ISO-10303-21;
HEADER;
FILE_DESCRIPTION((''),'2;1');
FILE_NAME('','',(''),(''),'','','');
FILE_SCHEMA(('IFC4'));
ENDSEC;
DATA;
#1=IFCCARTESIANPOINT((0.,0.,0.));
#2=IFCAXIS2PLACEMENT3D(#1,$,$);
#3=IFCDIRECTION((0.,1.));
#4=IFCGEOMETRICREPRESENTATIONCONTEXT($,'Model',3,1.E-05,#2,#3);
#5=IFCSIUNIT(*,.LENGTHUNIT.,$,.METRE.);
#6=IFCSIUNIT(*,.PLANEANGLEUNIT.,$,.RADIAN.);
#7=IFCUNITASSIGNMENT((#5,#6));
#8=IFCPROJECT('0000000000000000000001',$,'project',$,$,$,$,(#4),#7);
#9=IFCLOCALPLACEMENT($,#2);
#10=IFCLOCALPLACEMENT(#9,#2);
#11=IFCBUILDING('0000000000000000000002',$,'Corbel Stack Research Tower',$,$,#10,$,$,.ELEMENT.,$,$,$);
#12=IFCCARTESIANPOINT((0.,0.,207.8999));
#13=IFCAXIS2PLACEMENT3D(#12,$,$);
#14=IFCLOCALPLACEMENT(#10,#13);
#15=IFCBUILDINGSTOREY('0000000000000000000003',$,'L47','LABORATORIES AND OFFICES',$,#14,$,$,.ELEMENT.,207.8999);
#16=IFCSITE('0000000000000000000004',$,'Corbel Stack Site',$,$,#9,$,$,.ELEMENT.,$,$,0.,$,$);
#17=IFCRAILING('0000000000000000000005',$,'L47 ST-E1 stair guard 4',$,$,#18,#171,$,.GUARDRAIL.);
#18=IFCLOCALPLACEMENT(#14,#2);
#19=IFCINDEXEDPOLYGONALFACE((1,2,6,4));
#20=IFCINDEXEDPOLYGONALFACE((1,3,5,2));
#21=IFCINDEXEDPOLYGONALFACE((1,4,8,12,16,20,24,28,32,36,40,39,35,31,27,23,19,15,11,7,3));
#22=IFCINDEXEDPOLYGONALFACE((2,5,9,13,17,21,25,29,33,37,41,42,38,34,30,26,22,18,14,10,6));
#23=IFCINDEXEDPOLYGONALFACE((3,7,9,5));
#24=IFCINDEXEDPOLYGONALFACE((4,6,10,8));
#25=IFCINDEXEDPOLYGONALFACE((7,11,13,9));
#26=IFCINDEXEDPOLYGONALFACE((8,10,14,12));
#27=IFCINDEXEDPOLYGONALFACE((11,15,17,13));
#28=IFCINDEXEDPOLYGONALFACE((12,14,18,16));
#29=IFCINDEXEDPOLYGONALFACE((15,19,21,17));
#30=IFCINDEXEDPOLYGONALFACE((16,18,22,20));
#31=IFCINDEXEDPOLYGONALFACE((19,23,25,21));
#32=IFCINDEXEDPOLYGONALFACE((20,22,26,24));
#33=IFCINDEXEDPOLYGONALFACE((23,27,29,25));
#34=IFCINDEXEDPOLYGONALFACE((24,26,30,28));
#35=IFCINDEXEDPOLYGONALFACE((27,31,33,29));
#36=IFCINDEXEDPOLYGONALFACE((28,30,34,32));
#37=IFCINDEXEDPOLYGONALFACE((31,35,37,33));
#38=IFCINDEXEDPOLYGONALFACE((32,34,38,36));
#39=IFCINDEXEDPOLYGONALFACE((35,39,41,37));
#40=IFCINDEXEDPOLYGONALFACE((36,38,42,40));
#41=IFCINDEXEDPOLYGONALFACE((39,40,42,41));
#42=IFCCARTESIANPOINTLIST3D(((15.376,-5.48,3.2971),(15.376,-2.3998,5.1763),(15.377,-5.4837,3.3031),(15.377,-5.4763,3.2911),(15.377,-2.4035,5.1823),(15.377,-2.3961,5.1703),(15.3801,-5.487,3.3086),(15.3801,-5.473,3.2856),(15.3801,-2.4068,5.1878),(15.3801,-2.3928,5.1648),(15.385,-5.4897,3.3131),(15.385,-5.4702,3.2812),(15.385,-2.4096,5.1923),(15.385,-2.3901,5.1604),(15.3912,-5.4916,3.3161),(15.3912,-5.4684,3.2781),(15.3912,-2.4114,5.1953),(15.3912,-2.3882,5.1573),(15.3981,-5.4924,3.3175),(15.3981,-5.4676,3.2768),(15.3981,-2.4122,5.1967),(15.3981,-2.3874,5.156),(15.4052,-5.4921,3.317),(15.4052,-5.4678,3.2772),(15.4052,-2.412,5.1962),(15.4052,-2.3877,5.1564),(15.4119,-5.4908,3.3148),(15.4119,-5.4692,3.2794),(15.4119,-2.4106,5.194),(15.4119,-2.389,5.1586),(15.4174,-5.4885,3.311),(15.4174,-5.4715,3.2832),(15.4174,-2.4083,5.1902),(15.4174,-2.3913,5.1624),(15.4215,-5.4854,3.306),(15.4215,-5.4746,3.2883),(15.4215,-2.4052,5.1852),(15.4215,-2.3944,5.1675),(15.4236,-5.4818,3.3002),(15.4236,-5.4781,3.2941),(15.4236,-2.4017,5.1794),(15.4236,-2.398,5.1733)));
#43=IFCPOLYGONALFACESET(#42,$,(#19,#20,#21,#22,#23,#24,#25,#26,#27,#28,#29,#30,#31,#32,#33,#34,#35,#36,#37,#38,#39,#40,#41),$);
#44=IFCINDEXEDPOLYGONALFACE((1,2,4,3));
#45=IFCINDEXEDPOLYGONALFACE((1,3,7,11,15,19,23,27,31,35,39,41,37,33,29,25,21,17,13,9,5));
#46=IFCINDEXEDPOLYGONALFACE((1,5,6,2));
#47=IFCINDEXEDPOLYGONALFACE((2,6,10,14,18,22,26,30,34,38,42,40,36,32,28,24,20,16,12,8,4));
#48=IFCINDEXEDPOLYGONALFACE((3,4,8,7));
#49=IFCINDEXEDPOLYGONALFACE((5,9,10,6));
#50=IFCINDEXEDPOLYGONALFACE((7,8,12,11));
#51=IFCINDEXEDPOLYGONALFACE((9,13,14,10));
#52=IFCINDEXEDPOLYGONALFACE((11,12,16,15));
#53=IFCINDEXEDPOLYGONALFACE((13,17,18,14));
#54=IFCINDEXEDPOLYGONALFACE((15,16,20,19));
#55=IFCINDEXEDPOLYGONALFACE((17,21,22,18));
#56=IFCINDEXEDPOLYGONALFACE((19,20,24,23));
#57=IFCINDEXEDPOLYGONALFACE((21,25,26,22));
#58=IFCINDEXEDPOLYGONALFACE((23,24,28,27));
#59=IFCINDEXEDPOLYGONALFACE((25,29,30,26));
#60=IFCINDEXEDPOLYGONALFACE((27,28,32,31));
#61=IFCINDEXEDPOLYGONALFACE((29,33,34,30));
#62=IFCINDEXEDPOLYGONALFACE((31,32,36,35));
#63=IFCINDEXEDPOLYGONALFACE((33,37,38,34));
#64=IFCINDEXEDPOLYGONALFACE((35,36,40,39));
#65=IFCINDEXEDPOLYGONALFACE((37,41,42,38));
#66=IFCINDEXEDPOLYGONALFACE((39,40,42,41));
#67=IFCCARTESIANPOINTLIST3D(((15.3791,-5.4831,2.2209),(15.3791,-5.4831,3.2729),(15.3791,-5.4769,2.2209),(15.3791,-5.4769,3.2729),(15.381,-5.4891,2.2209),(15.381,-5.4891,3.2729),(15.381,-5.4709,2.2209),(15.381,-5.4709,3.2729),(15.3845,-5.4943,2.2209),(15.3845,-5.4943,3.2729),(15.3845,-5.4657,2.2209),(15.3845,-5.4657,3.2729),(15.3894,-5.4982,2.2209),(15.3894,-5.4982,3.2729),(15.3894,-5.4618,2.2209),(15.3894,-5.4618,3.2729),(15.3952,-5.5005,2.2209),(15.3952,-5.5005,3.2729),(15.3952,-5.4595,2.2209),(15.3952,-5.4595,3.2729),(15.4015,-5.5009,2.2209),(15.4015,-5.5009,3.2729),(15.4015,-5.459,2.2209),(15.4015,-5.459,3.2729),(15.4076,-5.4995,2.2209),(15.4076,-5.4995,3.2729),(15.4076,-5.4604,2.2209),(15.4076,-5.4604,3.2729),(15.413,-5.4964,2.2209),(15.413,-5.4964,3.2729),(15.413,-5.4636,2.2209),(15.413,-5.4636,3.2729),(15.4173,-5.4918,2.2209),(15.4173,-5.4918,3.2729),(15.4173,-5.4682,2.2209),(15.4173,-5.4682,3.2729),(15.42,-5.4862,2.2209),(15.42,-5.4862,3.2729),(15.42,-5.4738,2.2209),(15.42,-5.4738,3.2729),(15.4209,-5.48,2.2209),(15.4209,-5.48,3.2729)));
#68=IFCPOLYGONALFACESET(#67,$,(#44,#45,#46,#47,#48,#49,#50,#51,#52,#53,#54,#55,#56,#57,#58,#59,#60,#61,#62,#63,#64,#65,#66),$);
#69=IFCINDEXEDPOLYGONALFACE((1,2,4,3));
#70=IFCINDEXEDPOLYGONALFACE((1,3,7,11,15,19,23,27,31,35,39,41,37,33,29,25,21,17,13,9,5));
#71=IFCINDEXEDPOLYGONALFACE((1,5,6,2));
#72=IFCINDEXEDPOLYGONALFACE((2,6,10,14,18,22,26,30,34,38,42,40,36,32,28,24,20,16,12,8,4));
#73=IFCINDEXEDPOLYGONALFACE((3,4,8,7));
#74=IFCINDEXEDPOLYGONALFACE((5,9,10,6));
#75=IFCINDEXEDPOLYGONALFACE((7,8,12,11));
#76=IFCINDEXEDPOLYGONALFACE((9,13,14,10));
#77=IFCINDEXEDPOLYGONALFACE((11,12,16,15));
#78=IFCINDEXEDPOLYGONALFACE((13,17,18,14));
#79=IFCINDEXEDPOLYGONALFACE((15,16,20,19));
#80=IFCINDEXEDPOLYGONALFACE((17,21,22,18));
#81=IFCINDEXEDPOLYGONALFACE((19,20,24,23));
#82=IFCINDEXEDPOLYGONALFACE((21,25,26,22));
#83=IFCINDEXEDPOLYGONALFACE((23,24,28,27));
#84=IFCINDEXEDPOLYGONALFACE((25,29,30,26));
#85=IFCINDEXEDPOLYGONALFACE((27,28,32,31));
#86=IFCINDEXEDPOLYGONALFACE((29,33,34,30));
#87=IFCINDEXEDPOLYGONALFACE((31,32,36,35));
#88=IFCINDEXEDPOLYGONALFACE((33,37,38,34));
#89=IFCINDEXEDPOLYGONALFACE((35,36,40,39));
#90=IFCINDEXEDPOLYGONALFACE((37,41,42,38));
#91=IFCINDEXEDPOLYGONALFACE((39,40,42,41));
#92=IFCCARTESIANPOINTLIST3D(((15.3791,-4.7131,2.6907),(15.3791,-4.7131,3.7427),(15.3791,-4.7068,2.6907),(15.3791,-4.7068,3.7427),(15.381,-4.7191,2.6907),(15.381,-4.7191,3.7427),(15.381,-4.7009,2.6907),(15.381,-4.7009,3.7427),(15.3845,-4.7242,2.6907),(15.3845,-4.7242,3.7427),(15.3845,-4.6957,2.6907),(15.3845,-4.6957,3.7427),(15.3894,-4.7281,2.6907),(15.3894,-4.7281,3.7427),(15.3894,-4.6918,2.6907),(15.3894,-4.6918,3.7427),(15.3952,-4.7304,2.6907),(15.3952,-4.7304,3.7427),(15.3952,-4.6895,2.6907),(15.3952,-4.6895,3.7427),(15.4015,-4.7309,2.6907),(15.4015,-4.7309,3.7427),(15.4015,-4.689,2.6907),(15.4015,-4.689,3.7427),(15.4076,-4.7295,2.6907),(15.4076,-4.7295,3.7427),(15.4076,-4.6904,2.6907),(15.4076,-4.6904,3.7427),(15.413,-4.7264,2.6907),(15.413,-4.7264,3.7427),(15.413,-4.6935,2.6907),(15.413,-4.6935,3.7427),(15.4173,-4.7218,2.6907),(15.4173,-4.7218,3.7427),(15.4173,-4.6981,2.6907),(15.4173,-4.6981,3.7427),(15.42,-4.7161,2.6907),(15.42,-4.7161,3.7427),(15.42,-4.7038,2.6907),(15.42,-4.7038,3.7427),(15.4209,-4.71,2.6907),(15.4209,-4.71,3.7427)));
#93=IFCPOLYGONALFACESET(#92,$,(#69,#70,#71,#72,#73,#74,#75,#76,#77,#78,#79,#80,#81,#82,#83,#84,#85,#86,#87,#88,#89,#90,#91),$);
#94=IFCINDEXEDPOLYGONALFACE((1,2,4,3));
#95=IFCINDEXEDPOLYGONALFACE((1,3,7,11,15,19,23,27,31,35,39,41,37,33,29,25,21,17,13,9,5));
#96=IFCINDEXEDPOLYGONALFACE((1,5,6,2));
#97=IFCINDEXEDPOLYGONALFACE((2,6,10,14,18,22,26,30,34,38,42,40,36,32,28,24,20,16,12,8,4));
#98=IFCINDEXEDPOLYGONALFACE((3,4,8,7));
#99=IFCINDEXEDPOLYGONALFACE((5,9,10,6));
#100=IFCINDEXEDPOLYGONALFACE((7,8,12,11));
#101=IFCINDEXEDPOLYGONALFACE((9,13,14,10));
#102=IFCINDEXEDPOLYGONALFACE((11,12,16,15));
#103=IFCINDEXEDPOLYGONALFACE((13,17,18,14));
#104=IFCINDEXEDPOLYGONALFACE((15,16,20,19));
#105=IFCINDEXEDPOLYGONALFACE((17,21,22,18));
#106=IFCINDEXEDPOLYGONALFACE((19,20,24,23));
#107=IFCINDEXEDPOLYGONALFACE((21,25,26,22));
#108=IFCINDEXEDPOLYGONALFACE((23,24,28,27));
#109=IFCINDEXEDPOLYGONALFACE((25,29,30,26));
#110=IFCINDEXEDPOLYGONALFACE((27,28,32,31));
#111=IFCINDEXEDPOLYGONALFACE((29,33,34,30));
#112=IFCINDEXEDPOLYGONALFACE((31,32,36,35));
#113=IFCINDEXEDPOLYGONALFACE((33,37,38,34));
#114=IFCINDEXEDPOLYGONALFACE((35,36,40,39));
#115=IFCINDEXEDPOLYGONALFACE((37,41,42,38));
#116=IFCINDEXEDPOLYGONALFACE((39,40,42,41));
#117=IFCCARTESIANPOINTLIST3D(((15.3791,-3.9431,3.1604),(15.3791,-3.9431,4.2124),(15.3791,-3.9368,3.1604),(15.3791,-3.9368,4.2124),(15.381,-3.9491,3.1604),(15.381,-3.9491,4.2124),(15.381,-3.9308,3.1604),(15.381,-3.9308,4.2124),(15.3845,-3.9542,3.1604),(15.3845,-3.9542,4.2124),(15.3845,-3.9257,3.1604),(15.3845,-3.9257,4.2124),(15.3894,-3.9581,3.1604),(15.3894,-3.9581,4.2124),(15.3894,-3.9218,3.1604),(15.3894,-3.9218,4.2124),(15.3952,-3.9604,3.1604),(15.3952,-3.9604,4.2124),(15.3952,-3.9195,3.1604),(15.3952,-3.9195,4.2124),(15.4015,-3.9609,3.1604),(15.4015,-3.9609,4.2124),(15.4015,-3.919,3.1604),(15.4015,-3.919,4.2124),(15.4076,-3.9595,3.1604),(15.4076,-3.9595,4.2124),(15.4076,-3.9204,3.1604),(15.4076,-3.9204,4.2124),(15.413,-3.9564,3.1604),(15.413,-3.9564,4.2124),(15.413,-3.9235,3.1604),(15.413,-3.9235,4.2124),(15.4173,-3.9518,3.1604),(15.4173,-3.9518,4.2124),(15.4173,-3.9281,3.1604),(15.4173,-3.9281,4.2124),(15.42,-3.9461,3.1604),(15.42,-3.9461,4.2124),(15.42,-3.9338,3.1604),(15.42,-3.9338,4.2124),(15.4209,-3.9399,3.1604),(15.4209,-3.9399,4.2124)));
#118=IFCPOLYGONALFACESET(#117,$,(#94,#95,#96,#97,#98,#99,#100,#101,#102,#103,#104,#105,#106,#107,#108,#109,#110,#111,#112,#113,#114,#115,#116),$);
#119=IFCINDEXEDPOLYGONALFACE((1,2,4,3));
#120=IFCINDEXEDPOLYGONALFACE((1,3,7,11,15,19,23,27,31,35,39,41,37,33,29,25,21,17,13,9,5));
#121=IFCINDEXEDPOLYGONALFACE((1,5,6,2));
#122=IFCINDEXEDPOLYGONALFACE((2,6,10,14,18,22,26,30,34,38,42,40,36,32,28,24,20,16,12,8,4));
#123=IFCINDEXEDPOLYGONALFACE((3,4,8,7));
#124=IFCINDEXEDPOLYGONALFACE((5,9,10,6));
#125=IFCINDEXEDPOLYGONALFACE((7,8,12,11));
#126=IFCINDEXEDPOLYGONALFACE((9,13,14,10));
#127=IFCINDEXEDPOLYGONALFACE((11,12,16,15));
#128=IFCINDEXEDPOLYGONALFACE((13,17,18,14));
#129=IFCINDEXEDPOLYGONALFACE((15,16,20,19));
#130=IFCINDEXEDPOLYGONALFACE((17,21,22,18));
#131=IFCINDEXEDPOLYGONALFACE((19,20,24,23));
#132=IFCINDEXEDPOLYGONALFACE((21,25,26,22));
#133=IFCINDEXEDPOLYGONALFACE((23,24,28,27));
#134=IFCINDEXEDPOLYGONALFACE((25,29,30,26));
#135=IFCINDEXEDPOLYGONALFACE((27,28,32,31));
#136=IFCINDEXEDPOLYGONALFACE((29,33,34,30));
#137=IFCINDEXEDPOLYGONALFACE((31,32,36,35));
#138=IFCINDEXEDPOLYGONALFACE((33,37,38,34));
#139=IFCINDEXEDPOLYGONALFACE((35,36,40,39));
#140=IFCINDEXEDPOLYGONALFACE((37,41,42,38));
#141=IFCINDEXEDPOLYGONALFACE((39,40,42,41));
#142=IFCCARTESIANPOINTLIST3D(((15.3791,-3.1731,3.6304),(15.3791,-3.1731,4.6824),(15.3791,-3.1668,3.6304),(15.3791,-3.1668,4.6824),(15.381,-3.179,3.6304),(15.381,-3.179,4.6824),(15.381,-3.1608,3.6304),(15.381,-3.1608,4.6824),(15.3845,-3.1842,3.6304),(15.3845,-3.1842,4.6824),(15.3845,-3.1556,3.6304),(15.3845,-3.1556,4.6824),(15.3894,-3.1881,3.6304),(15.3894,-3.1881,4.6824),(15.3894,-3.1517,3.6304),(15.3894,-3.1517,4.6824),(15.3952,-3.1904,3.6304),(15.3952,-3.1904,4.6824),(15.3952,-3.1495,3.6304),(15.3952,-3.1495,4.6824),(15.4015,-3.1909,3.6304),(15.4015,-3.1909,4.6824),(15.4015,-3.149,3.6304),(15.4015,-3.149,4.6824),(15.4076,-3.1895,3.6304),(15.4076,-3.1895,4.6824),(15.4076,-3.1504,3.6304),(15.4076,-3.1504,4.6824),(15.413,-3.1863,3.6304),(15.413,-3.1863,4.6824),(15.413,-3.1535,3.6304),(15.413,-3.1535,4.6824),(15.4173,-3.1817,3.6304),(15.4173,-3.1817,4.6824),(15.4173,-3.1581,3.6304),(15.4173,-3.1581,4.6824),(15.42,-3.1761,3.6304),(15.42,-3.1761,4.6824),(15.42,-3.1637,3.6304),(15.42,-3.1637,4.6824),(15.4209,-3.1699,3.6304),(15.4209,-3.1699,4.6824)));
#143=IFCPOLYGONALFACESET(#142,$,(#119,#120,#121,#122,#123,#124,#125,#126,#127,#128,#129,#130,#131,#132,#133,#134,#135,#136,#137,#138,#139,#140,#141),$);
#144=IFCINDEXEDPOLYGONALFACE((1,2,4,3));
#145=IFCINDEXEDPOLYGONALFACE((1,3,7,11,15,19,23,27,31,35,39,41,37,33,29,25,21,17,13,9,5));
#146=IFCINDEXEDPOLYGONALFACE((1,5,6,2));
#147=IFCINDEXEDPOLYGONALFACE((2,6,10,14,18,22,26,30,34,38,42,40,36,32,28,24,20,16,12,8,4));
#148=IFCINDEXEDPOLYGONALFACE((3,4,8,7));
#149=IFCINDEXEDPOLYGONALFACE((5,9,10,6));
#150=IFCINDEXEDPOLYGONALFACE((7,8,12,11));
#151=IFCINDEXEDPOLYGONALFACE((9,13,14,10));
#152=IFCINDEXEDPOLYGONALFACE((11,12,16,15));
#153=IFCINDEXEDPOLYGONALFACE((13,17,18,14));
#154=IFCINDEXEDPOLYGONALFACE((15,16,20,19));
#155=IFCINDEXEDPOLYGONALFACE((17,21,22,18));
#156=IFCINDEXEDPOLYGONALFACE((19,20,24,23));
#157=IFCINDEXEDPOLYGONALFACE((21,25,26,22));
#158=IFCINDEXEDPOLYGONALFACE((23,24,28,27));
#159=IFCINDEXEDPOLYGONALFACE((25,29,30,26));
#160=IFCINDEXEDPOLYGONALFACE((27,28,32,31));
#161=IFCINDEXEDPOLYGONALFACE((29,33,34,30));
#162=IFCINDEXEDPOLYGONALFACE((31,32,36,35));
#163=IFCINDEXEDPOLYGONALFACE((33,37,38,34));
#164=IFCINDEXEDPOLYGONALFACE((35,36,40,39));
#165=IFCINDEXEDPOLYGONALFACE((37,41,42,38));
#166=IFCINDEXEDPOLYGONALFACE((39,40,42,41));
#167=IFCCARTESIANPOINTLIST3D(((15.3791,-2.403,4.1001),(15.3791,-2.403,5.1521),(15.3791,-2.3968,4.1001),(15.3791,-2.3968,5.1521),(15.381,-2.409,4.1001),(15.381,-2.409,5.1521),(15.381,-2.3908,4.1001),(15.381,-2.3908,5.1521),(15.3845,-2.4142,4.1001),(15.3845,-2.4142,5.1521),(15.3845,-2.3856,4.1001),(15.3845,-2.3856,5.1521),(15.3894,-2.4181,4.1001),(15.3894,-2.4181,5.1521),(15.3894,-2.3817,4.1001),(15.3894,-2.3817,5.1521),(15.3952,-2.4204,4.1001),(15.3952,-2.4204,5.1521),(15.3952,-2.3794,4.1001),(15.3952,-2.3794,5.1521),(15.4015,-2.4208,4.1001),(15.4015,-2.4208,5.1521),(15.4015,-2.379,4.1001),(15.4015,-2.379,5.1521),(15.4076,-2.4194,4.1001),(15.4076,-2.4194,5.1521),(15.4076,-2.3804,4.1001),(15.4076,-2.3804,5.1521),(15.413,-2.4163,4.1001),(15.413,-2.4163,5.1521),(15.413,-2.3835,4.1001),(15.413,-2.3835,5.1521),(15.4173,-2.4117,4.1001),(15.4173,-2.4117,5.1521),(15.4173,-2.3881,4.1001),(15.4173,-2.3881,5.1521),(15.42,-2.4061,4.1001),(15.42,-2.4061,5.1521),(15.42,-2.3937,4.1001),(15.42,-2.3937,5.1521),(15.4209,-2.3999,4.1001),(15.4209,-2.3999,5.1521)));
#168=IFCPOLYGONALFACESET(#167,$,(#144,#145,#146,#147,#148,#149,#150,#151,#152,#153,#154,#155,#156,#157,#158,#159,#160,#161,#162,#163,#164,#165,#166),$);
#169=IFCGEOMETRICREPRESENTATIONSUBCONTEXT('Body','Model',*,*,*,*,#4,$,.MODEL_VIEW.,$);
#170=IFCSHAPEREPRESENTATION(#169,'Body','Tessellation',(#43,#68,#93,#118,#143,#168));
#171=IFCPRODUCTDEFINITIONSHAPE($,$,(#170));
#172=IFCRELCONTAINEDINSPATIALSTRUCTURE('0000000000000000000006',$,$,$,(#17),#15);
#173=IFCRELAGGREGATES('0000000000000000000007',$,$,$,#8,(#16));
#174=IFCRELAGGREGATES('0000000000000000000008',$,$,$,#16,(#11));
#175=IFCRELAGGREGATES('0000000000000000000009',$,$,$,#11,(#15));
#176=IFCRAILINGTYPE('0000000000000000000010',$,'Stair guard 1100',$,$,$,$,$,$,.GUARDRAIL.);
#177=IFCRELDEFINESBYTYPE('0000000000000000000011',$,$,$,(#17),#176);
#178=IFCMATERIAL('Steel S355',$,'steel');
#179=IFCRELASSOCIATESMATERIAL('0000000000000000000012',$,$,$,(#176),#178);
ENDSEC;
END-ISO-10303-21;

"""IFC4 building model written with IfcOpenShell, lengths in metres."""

from ifc_helpers import new_model, si_unit, direction, frame, origin, origin_2d, place, context, subcontext, project, spatial, circle, extrude, material, type_object, element, save


model = new_model("IFC4")

# Units and contexts
model_context = context("Model", 3, precision=1e-05, world=origin(), true_north=direction((0.0, 1.0)))
body_context = subcontext(model_context, "Body", "Model", "MODEL_VIEW")
ifc_project = project(units=[si_unit("LENGTHUNIT", "METRE"), si_unit("PLANEANGLEUNIT", "RADIAN")], contexts=[model_context])

# Site, building, storey
site_placement = place(None, origin())
site = spatial("IfcSite", under=ifc_project, at=site_placement, Name="Corbel Stack Site", CompositionType="ELEMENT", RefElevation=0.0)
building_placement = place(site_placement, origin())
building = spatial("IfcBuilding", under=site, at=building_placement, Name="Corbel Stack Research Tower", CompositionType="ELEMENT")
storey_placement = place(building_placement, frame((0.0, 0.0, 207.8999)))
storey = spatial("IfcBuildingStorey", under=building, at=storey_placement, Name="L47", Description="LABORATORIES AND OFFICES", CompositionType="ELEMENT", Elevation=207.8999)

# Railing
ifc_material_1 = material(Name="Steel S355", Category="steel")
railing_type_1 = type_object("IfcRailingType", Name="Stair guard 1100", PredefinedType="GUARDRAIL", material=ifc_material_1)
railing_1_placement = place(storey_placement, frame((15.3999, -5.48, 2.2209)))
element("IfcRailing", 1, at=railing_1_placement, inside=storey, type_object=railing_type_1, Name="L47 ST-E1 stair guard 4", PredefinedType="GUARDRAIL", context=body_context, shape_type="SweptSolid", body=[
    extrude(circle(Radius=0.0239, at=origin_2d()), frame((0.0, 0.0, 1.0762), z_axis=(0.0, 0.853666, 0.52082), x_axis=(-1.0, 0.0, 0.0)), (0.0, 0.0, 1.0), 3.6082),
    extrude(circle(Radius=0.021, at=origin_2d()), origin(), (0.0, 0.0, 1.0), 1.052),
    extrude(circle(Radius=0.021, at=origin_2d()), frame((0.0, 0.77, 0.4697)), (0.0, 0.0, 1.0), 1.052),
    extrude(circle(Radius=0.021, at=origin_2d()), frame((0.0, 1.54, 0.9395)), (0.0, 0.0, 1.0), 1.052),
    extrude(circle(Radius=0.021, at=origin_2d()), frame((0.0, 2.3101, 1.4094)), (0.0, 0.0, 1.0), 1.052),
    extrude(circle(Radius=0.021, at=origin_2d()), frame((0.0, 3.0801, 1.8792)), (0.0, 0.0, 1.0), 1.052),
])

save(model, "model.ifc")
